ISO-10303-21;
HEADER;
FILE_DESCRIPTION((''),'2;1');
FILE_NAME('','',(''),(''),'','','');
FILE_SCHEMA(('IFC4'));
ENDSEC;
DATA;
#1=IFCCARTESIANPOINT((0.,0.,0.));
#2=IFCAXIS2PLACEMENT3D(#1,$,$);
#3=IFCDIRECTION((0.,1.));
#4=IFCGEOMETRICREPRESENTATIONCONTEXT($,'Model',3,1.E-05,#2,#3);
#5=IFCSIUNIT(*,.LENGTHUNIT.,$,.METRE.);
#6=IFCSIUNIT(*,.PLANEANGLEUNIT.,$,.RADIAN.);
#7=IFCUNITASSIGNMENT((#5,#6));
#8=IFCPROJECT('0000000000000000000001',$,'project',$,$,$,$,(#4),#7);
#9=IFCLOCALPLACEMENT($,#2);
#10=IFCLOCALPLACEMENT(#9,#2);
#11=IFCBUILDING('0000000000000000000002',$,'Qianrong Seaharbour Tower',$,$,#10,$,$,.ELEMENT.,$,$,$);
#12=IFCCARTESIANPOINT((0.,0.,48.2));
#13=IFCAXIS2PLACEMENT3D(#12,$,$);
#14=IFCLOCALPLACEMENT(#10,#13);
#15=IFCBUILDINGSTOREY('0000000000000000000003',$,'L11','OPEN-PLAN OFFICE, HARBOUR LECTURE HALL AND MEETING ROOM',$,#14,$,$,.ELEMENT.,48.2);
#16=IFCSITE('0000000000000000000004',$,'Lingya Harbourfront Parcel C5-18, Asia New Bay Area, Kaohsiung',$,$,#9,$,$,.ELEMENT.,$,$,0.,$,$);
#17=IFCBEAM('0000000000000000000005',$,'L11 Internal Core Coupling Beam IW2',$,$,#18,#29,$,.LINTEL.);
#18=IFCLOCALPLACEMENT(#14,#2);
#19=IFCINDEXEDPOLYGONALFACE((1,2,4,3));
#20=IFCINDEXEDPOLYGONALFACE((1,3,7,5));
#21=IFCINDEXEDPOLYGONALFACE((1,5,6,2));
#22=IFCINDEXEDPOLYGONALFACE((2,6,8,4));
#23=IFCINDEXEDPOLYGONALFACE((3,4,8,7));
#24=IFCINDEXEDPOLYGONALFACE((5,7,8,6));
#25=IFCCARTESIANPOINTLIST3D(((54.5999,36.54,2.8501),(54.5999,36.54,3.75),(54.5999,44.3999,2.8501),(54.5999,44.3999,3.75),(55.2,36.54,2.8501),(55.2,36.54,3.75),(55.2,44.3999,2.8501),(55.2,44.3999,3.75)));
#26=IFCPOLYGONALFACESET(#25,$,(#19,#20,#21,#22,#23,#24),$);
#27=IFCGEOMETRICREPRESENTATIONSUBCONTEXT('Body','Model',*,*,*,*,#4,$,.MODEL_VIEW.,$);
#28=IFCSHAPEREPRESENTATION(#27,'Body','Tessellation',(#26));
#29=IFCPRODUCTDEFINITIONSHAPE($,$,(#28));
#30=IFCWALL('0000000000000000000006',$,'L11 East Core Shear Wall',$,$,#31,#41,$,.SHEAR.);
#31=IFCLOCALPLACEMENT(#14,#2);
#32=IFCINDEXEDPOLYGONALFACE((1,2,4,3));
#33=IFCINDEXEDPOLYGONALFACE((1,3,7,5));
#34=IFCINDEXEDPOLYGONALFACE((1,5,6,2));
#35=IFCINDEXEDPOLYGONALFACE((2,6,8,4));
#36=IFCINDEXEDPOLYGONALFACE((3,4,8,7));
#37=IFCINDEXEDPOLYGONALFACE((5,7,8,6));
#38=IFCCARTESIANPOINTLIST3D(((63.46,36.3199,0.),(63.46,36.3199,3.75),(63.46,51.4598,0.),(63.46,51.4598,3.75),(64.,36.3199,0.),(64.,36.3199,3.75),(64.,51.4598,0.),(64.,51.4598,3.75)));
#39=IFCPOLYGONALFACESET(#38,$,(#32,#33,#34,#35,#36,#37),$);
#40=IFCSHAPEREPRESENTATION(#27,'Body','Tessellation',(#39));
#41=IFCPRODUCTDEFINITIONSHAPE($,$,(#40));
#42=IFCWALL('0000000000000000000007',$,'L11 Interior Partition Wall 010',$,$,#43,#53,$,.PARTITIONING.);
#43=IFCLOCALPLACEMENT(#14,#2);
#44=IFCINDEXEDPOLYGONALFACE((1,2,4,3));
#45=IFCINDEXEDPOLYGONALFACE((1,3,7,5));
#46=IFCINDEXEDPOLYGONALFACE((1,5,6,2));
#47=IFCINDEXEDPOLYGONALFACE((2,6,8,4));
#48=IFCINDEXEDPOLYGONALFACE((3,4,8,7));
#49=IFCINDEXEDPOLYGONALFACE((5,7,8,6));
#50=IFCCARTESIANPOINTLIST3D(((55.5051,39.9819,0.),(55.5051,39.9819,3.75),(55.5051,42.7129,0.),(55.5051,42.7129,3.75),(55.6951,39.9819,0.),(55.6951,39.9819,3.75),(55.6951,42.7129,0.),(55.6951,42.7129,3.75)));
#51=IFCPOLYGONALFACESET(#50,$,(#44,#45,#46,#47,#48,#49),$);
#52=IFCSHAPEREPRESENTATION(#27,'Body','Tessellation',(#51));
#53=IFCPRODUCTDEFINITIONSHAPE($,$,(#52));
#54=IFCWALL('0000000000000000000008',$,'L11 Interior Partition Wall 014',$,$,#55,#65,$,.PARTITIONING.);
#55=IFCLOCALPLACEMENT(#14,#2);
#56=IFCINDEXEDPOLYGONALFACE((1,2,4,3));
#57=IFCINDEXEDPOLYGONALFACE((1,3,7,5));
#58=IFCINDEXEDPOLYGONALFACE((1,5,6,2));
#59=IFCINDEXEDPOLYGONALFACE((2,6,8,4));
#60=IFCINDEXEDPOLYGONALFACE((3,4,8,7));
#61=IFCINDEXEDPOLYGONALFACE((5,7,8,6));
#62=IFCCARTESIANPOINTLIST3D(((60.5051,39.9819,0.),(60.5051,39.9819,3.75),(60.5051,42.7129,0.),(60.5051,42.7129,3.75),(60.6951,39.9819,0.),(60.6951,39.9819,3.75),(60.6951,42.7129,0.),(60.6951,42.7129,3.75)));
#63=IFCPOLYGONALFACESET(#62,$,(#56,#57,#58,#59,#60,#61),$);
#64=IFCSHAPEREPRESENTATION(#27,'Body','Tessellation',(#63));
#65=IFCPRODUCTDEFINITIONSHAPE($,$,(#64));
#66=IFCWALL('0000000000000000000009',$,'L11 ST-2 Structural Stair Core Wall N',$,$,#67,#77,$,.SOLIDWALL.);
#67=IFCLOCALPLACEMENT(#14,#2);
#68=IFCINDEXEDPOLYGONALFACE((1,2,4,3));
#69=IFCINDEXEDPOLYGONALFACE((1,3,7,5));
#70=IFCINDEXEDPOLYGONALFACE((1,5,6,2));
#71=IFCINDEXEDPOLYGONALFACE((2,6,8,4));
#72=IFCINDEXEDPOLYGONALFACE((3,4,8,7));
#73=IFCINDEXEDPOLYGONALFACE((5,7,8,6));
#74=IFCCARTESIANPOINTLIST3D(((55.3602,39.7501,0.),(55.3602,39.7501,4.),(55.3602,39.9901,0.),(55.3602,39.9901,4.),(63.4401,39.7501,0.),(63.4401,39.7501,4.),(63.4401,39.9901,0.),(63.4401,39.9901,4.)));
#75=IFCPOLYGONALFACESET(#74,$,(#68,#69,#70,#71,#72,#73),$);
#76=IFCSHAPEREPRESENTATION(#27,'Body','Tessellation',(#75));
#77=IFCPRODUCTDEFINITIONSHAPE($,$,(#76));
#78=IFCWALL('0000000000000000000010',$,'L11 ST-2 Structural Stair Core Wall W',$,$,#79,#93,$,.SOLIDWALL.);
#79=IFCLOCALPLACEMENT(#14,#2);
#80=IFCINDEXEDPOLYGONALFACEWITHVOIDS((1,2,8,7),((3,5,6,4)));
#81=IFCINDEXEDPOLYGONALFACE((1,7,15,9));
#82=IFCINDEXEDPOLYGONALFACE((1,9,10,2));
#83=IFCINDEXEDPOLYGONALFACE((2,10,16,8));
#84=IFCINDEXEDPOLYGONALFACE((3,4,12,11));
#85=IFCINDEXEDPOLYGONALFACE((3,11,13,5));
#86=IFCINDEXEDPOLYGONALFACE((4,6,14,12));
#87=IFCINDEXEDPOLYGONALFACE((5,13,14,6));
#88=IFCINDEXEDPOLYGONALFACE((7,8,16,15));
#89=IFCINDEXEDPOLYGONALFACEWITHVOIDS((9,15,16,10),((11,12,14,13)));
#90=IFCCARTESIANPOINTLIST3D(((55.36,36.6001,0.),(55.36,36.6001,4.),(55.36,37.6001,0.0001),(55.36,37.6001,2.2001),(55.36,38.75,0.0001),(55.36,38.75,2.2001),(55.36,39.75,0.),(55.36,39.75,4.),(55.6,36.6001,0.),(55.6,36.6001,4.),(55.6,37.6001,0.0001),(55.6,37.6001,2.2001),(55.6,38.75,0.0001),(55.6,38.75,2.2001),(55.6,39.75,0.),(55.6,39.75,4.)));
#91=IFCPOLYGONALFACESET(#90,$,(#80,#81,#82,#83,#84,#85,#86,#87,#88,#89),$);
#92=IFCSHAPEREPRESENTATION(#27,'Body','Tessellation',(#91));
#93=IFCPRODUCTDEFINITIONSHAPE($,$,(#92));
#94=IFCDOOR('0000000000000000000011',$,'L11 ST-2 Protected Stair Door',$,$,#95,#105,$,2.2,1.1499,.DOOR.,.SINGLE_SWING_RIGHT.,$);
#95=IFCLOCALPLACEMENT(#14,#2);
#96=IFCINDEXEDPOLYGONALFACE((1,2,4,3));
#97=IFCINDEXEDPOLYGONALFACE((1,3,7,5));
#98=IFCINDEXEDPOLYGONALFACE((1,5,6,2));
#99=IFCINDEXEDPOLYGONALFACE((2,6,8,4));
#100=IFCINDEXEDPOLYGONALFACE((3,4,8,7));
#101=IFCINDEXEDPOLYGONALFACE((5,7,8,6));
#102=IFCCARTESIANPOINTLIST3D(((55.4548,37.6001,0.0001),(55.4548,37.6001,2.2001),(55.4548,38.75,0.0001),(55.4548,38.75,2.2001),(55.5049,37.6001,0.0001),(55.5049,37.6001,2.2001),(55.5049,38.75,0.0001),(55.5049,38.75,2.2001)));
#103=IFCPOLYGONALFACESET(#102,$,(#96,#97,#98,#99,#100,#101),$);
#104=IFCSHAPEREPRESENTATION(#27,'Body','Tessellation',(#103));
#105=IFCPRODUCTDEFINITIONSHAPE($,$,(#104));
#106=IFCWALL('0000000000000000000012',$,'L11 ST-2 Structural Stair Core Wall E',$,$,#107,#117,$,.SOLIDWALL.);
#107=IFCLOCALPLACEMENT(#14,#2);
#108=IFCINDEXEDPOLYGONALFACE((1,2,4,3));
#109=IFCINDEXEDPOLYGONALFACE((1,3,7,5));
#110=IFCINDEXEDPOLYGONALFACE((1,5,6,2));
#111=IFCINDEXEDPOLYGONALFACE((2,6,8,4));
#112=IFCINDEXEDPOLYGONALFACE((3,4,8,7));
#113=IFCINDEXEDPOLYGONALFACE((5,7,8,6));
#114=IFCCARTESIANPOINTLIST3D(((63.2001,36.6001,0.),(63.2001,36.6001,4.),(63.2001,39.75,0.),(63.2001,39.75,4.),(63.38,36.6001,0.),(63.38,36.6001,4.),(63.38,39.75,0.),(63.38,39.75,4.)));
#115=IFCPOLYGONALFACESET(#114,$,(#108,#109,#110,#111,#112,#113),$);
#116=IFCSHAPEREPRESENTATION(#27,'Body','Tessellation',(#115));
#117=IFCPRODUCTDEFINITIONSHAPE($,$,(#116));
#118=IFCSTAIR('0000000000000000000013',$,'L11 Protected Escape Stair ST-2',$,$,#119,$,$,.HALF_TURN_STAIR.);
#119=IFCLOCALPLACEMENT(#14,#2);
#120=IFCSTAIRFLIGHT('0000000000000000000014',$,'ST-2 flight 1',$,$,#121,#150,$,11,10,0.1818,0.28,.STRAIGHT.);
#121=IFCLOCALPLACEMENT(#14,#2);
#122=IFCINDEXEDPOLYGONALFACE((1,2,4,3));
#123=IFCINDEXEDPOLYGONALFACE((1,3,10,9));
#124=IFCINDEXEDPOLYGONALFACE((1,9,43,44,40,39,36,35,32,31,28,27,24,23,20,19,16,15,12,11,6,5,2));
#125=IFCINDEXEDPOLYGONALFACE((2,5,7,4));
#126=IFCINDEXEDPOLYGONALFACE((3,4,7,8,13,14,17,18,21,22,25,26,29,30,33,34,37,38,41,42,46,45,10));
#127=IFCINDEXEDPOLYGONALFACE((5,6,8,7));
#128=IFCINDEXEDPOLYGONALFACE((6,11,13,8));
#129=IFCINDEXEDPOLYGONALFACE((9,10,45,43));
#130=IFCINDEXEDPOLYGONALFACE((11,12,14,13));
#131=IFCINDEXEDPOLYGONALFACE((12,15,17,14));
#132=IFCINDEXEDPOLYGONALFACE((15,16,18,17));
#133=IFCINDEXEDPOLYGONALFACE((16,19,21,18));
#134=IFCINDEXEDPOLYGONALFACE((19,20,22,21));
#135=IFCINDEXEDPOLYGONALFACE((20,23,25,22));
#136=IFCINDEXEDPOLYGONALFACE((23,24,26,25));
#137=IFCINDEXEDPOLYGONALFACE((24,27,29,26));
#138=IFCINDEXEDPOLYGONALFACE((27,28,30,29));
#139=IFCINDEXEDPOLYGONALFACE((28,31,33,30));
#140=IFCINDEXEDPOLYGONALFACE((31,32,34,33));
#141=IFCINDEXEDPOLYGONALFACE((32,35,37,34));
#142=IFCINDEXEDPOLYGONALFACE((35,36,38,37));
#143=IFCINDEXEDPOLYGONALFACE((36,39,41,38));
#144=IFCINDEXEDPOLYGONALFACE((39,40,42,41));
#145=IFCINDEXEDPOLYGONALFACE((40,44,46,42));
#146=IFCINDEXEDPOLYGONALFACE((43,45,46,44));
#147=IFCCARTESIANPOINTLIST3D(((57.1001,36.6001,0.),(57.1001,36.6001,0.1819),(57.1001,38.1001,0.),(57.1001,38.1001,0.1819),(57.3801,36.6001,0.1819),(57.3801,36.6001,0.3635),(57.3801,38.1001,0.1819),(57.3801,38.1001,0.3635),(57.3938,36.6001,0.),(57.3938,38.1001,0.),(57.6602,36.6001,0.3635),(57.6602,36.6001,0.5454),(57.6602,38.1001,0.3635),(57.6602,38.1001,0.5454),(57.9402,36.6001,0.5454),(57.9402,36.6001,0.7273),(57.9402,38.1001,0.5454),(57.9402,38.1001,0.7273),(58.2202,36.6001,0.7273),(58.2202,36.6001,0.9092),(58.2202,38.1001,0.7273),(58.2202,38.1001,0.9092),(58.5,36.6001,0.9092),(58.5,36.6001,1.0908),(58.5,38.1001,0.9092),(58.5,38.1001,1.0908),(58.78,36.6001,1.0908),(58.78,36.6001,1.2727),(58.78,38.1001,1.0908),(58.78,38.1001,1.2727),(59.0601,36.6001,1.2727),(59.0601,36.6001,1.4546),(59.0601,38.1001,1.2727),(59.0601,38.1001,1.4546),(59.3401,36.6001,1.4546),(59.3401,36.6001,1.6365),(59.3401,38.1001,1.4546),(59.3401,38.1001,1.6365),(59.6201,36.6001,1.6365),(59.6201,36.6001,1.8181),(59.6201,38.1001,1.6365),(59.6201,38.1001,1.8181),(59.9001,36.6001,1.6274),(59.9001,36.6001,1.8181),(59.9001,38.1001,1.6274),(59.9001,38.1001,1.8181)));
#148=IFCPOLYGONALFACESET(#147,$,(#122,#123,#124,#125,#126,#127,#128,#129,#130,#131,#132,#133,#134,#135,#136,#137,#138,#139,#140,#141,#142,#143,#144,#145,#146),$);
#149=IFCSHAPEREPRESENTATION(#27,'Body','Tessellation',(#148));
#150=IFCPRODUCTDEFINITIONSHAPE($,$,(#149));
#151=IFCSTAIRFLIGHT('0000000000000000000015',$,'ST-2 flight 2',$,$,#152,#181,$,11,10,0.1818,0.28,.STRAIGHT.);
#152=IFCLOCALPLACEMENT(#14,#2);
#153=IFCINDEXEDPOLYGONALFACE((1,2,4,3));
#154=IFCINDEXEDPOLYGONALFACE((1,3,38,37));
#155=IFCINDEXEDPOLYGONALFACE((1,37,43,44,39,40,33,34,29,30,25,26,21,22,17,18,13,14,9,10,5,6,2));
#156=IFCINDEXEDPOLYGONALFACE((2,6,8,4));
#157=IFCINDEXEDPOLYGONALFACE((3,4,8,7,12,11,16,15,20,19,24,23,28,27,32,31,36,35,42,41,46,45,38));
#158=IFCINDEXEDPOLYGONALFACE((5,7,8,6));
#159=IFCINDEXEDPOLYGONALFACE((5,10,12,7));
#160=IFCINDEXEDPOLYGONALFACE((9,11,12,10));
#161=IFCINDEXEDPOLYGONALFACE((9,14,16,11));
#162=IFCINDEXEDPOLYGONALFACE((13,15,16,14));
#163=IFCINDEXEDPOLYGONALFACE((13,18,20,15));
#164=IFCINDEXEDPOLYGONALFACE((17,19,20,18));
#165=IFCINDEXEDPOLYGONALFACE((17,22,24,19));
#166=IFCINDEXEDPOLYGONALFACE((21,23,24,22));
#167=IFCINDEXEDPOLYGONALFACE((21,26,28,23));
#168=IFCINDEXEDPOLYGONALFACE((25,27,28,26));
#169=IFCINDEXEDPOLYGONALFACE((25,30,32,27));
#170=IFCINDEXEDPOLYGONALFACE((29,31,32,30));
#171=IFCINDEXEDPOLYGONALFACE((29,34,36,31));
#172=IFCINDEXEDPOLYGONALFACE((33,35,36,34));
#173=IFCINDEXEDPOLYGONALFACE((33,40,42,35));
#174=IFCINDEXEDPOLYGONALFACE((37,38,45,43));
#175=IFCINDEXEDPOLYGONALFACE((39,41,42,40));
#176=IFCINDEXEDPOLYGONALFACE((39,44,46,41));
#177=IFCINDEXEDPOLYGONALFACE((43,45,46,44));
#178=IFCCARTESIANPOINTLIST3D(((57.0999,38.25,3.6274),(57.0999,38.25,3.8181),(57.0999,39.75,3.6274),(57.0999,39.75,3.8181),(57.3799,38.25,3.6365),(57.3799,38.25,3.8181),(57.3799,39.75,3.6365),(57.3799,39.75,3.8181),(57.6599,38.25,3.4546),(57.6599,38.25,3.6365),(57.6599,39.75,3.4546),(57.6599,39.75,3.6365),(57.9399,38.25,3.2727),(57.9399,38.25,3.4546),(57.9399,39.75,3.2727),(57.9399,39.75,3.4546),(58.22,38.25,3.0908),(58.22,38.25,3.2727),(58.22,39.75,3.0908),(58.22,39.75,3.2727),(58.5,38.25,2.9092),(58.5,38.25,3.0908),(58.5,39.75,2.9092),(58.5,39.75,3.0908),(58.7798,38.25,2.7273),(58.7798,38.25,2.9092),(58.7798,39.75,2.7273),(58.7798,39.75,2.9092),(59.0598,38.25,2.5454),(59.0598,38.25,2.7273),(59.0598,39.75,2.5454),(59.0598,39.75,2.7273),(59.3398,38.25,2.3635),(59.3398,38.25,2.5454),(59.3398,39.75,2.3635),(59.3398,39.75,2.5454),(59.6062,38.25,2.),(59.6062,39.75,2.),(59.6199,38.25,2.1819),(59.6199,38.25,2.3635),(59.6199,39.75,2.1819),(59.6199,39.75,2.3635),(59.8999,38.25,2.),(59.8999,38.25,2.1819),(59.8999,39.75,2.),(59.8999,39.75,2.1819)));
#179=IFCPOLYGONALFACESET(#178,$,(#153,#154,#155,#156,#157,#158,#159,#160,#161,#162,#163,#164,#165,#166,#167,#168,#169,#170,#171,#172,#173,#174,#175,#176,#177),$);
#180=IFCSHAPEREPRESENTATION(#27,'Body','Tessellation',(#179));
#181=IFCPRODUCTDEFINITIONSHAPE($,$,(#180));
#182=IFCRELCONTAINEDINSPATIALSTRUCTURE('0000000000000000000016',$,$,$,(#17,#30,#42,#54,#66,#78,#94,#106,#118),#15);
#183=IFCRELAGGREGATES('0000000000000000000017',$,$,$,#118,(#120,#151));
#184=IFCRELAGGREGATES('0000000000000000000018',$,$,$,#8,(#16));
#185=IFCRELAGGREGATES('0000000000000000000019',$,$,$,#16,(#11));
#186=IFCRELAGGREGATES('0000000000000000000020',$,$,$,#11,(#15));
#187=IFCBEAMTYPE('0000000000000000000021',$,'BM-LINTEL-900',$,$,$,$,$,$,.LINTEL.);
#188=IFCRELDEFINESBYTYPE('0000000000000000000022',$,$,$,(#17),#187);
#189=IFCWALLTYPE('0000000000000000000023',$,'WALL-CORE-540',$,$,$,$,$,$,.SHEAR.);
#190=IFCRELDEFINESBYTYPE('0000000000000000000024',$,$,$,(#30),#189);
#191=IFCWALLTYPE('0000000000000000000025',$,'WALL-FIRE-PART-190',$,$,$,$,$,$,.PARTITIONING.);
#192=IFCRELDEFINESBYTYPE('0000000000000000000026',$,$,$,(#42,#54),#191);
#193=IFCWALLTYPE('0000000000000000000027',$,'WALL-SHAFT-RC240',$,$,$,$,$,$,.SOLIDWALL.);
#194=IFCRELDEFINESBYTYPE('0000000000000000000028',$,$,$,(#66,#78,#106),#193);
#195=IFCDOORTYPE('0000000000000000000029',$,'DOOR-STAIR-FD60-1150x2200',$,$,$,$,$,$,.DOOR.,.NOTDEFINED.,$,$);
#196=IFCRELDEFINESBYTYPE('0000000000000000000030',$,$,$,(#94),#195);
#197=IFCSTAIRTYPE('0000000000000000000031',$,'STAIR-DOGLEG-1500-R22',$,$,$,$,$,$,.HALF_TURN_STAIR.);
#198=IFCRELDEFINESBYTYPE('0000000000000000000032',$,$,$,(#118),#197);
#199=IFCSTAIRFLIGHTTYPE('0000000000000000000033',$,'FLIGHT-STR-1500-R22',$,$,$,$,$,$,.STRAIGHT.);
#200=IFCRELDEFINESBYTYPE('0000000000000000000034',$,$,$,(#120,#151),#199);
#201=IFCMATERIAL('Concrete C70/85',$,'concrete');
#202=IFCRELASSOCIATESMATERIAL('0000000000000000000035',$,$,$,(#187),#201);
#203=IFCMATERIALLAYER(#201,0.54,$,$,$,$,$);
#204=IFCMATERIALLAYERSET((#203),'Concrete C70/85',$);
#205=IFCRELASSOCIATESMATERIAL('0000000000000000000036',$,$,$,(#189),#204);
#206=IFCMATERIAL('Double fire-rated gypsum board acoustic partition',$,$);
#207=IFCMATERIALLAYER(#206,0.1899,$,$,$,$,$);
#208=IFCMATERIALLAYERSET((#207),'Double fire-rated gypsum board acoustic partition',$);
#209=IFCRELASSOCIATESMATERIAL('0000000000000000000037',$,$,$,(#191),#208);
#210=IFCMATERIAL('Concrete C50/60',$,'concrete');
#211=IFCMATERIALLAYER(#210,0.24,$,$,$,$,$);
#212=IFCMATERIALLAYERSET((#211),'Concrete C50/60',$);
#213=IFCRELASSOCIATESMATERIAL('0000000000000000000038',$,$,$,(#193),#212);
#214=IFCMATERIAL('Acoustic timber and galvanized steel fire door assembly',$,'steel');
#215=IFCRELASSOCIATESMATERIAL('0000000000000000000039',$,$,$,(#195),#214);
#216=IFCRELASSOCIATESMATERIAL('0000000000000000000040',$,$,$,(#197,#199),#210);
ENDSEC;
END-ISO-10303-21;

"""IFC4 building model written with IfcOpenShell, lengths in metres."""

from ifc_helpers import new_model, si_unit, direction, frame, frame_2d, origin, origin_2d, place, context, subcontext, project, spatial, polyline, rectangle, outline, extrude, material, layer, layer_set, material_profile, profile_set, type_object, element, fill, aggregate, save


model = new_model("IFC4")

# Units and contexts
model_context = context("Model", 3, precision=1e-05, world=origin(), true_north=direction((0.0, 1.0)))
body_context = subcontext(model_context, "Body", "Model", "MODEL_VIEW")
ifc_project = project(units=[si_unit("LENGTHUNIT", "METRE"), si_unit("PLANEANGLEUNIT", "RADIAN")], contexts=[model_context])

# Site, building, storey
site_placement = place(None, origin())
site = spatial("IfcSite", under=ifc_project, at=site_placement, Name="Lingya Harbourfront Parcel C5-18, Asia New Bay Area, Kaohsiung", CompositionType="ELEMENT", RefElevation=0.0)
building_placement = place(site_placement, origin())
building = spatial("IfcBuilding", under=site, at=building_placement, Name="Qianrong Seaharbour Tower", CompositionType="ELEMENT")
storey_placement = place(building_placement, frame((0.0, 0.0, 48.2)))
storey = spatial("IfcBuildingStorey", under=building, at=storey_placement, Name="L11", Description="OPEN-PLAN OFFICE, HARBOUR LECTURE HALL AND MEETING ROOM", CompositionType="ELEMENT", Elevation=48.2)

# Beam
ifc_material_1 = material(Name="Concrete C70/85", Category="concrete")
ifc_material_profile = material_profile(ifc_material_1, rectangle(XDim=0.6001, YDim=0.8999, at=origin_2d()), Name="RC600x900")
ifc_profile_set = profile_set([ifc_material_profile], Name="Concrete C70/85")
beam_type = type_object("IfcBeamType", Name="BM-LINTEL-900", PredefinedType="LINTEL", material=ifc_profile_set)
beam_placement = place(storey_placement, frame((54.8999, 36.54, 3.3), z_axis=(0.0, 1.0, 0.0), x_axis=(-1.0, 0.0, 0.0)))
element("IfcBeam", 1, at=beam_placement, inside=storey, type_object=beam_type, Name="L11 Internal Core Coupling Beam IW2", PredefinedType="LINTEL", context=body_context, shape_type="SweptSolid", body=[
    extrude(rectangle(XDim=0.6001, YDim=0.8999, at=origin_2d()), origin(), (0.0, 0.0, 1.0), 7.8599),
])

# Walls
ifc_layer_1 = layer(ifc_material_1, 0.54)
ifc_layer_set_1 = layer_set([ifc_layer_1], Name="Concrete C70/85")
wall_type_1 = type_object("IfcWallType", Name="WALL-CORE-540", PredefinedType="SHEAR", material=ifc_layer_set_1)
wall_1_placement = place(storey_placement, frame((63.73, 36.3201, 0.0), z_axis=(0.0, 0.0, 1.0), x_axis=(0.0, 1.0, 0.0)))
element("IfcWall", 2, at=wall_1_placement, inside=storey, type_object=wall_type_1, Name="L11 East Core Shear Wall", PredefinedType="SHEAR", context=body_context, shape_type="SweptSolid", body=[
    extrude(rectangle(XDim=15.1399, YDim=0.54, at=frame_2d((7.5698, 0.0))), origin(), (0.0, 0.0, 1.0), 3.75),
])
ifc_material_2 = material(Name="Double fire-rated gypsum board acoustic partition")
ifc_layer_2 = layer(ifc_material_2, 0.1899)
ifc_layer_set_2 = layer_set([ifc_layer_2], Name="Double fire-rated gypsum board acoustic partition")
wall_type_2 = type_object("IfcWallType", Name="WALL-FIRE-PART-190", PredefinedType="PARTITIONING", material=ifc_layer_set_2)
for number, where, z_axis, x_axis, name in (
    (3, (55.6001, 42.7129, 0.0), (0.0, 0.0, 1.0), (0.0, -1.0, 0.0), "L11 Interior Partition Wall 010"),
    (4, (60.6001, 42.7129, 0.0), (0.0, 0.0, 1.0), (0.0, -1.0, 0.0), "L11 Interior Partition Wall 014"),
):
    element("IfcWall", number, at=place(storey_placement, frame(where, z_axis=z_axis, x_axis=x_axis)), inside=storey, type_object=wall_type_2, Name=name, PredefinedType="PARTITIONING", context=body_context, shape_type="SweptSolid", body=[
        extrude(rectangle(XDim=2.731, YDim=0.1899, at=frame_2d((1.3655, 0.0))), origin(), (0.0, 0.0, 1.0), 3.75),
    ])
ifc_material_3 = material(Name="Concrete C50/60", Category="concrete")
ifc_layer_3 = layer(ifc_material_3, 0.24)
ifc_layer_set_3 = layer_set([ifc_layer_3], Name="Concrete C50/60")
wall_type_3 = type_object("IfcWallType", Name="WALL-SHAFT-RC240", PredefinedType="SOLIDWALL", material=ifc_layer_set_3)
wall_2_placement = place(storey_placement, frame((55.3601, 39.8701, 0.0), z_axis=(0.0, 0.0, 1.0), x_axis=(1.0, 0.0, 0.0)))
element("IfcWall", 5, at=wall_2_placement, inside=storey, type_object=wall_type_3, Name="L11 ST-2 Structural Stair Core Wall N", PredefinedType="SOLIDWALL", context=body_context, shape_type="SweptSolid", body=[
    extrude(rectangle(XDim=8.0798, YDim=0.24, at=frame_2d((4.04, 0.0))), origin(), (0.0, 0.0, 1.0), 4.0),
])

# Wall, opening, door
wall_3_placement = place(storey_placement, frame((55.48, 39.75, 0.0), z_axis=(0.0, 0.0, 1.0), x_axis=(0.0, -1.0, 0.0)))
wall_3 = element("IfcWall", 6, at=wall_3_placement, inside=storey, type_object=wall_type_3, Name="L11 ST-2 Structural Stair Core Wall W", PredefinedType="SOLIDWALL", context=body_context, shape_type="SweptSolid", body=[
    extrude(rectangle(XDim=3.1499, YDim=0.24, at=frame_2d((1.575, 0.0))), origin(), (0.0, 0.0, 1.0), 4.0),
])
opening_placement = place(wall_3_placement, frame((1.0, 0.0, 0.0)))
opening = element("IfcOpeningElement", 7, at=opening_placement, cuts=wall_3, PredefinedType="OPENING", context=body_context, shape_type="SweptSolid", body=[
    extrude(rectangle(XDim=1.1499, YDim=2.2, at=frame_2d((0.575, 1.1001))), frame((0.0, 0.1299, 0.0), z_axis=(0.0, -1.0, 0.0), x_axis=(1.0, 0.0, 0.0)), (0.0, 0.0, 1.0), 0.26),
])
ifc_material_4 = material(Name="Acoustic timber and galvanized steel fire door assembly", Category="steel")
door_type = type_object("IfcDoorType", Name="DOOR-STAIR-FD60-1150x2200", OperationType="NOTDEFINED", PredefinedType="DOOR", material=ifc_material_4)
door_placement = place(opening_placement, origin())
door = element("IfcDoor", 8, at=door_placement, inside=storey, type_object=door_type, Name="L11 ST-2 Protected Stair Door", OperationType="SINGLE_SWING_RIGHT", OverallHeight=2.2, OverallWidth=1.1499, PredefinedType="DOOR", context=body_context, shape_type="SweptSolid", body=[
    extrude(rectangle(XDim=1.1499, YDim=2.2, at=frame_2d((0.575, 1.1001))), frame((0.0, 0.0249, 0.0), z_axis=(0.0, -1.0, 0.0), x_axis=(1.0, 0.0, 0.0)), (0.0, 0.0, 1.0), 0.05),
])
fill(opening, door)

# Wall
wall_4_placement = place(storey_placement, frame((63.29, 36.6001, 0.0), z_axis=(0.0, 0.0, 1.0), x_axis=(0.0, 1.0, 0.0)))
element("IfcWall", 9, at=wall_4_placement, inside=storey, type_object=wall_type_3, Name="L11 ST-2 Structural Stair Core Wall E", PredefinedType="SOLIDWALL", context=body_context, shape_type="SweptSolid", body=[
    extrude(rectangle(XDim=3.1499, YDim=0.1799, at=frame_2d((1.575, 0.0))), origin(), (0.0, 0.0, 1.0), 4.0),
])

# Stair, stair flights
stair_type = type_object("IfcStairType", Name="STAIR-DOGLEG-1500-R22", PredefinedType="HALF_TURN_STAIR", material=ifc_material_3)
stair_placement = place(storey_placement, origin())
stair = element("IfcStair", 10, at=stair_placement, inside=storey, type_object=stair_type, Name="L11 Protected Escape Stair ST-2", PredefinedType="HALF_TURN_STAIR")
stair_flight_type = type_object("IfcStairFlightType", Name="FLIGHT-STR-1500-R22", PredefinedType="STRAIGHT", material=ifc_material_3)
stair_flight_1_placement = place(storey_placement, frame((57.1001, 37.3501, 0.0), z_axis=(0.0, 0.0, 1.0), x_axis=(1.0, 0.0, 0.0)))
stair_flight_1 = element("IfcStairFlight", 11, at=stair_flight_1_placement, type_object=stair_flight_type, Name="ST-2 flight 1", NumberOfRisers=11, NumberOfTreads=10, PredefinedType="STRAIGHT", RiserHeight=0.1818, TreadLength=0.28, context=body_context, shape_type="SweptSolid", body=[
    extrude(outline(polyline([(0.0, 0.0), (0.0, 0.1819), (0.28, 0.1819), (0.28, 0.3635), (0.5601, 0.3635), (0.5601, 0.5454), (0.8401, 0.5454), (0.8401, 0.7273), (1.1201, 0.7273), (1.1201, 0.9092), (1.3999, 0.9092), (1.3999, 1.0908), (1.6799, 1.0908), (1.6799, 1.2727), (1.96, 1.2727), (1.96, 1.4546), (2.24, 1.4546), (2.24, 1.6365), (2.52, 1.6365), (2.52, 1.8181), (2.8, 1.8181), (2.8, 2.0), (2.8, 1.6274), (0.2937, 0.0), (0.0, 0.0)])), frame((0.0, 0.75, 0.0), z_axis=(0.0, -1.0, 0.0), x_axis=(1.0, 0.0, 0.0)), (0.0, 0.0, 1.0), 1.5),
])
stair_flight_2_placement = place(storey_placement, frame((59.8999, 39.0, 2.0), z_axis=(0.0, 0.0, 1.0), x_axis=(-1.0, 0.0, 0.0)))
stair_flight_2 = element("IfcStairFlight", 12, at=stair_flight_2_placement, type_object=stair_flight_type, Name="ST-2 flight 2", NumberOfRisers=11, NumberOfTreads=10, PredefinedType="STRAIGHT", RiserHeight=0.1818, TreadLength=0.28, context=body_context, shape_type="SweptSolid", body=[
    extrude(outline(polyline([(0.0, 0.0), (0.0, 0.1819), (0.28, 0.1819), (0.28, 0.3635), (0.5601, 0.3635), (0.5601, 0.5454), (0.8401, 0.5454), (0.8401, 0.7273), (1.1201, 0.7273), (1.1201, 0.9092), (1.3999, 0.9092), (1.3999, 1.0908), (1.6799, 1.0908), (1.6799, 1.2727), (1.96, 1.2727), (1.96, 1.4546), (2.24, 1.4546), (2.24, 1.6365), (2.52, 1.6365), (2.52, 1.8181), (2.8, 1.8181), (2.8, 2.0), (2.8, 1.6274), (0.2937, 0.0), (0.0, 0.0)])), frame((0.0, 0.75, 0.0), z_axis=(0.0, -1.0, 0.0), x_axis=(1.0, 0.0, 0.0)), (0.0, 0.0, 1.0), 1.5),
])
aggregate(stair, [stair_flight_1, stair_flight_2])

save(model, "model.ifc")
